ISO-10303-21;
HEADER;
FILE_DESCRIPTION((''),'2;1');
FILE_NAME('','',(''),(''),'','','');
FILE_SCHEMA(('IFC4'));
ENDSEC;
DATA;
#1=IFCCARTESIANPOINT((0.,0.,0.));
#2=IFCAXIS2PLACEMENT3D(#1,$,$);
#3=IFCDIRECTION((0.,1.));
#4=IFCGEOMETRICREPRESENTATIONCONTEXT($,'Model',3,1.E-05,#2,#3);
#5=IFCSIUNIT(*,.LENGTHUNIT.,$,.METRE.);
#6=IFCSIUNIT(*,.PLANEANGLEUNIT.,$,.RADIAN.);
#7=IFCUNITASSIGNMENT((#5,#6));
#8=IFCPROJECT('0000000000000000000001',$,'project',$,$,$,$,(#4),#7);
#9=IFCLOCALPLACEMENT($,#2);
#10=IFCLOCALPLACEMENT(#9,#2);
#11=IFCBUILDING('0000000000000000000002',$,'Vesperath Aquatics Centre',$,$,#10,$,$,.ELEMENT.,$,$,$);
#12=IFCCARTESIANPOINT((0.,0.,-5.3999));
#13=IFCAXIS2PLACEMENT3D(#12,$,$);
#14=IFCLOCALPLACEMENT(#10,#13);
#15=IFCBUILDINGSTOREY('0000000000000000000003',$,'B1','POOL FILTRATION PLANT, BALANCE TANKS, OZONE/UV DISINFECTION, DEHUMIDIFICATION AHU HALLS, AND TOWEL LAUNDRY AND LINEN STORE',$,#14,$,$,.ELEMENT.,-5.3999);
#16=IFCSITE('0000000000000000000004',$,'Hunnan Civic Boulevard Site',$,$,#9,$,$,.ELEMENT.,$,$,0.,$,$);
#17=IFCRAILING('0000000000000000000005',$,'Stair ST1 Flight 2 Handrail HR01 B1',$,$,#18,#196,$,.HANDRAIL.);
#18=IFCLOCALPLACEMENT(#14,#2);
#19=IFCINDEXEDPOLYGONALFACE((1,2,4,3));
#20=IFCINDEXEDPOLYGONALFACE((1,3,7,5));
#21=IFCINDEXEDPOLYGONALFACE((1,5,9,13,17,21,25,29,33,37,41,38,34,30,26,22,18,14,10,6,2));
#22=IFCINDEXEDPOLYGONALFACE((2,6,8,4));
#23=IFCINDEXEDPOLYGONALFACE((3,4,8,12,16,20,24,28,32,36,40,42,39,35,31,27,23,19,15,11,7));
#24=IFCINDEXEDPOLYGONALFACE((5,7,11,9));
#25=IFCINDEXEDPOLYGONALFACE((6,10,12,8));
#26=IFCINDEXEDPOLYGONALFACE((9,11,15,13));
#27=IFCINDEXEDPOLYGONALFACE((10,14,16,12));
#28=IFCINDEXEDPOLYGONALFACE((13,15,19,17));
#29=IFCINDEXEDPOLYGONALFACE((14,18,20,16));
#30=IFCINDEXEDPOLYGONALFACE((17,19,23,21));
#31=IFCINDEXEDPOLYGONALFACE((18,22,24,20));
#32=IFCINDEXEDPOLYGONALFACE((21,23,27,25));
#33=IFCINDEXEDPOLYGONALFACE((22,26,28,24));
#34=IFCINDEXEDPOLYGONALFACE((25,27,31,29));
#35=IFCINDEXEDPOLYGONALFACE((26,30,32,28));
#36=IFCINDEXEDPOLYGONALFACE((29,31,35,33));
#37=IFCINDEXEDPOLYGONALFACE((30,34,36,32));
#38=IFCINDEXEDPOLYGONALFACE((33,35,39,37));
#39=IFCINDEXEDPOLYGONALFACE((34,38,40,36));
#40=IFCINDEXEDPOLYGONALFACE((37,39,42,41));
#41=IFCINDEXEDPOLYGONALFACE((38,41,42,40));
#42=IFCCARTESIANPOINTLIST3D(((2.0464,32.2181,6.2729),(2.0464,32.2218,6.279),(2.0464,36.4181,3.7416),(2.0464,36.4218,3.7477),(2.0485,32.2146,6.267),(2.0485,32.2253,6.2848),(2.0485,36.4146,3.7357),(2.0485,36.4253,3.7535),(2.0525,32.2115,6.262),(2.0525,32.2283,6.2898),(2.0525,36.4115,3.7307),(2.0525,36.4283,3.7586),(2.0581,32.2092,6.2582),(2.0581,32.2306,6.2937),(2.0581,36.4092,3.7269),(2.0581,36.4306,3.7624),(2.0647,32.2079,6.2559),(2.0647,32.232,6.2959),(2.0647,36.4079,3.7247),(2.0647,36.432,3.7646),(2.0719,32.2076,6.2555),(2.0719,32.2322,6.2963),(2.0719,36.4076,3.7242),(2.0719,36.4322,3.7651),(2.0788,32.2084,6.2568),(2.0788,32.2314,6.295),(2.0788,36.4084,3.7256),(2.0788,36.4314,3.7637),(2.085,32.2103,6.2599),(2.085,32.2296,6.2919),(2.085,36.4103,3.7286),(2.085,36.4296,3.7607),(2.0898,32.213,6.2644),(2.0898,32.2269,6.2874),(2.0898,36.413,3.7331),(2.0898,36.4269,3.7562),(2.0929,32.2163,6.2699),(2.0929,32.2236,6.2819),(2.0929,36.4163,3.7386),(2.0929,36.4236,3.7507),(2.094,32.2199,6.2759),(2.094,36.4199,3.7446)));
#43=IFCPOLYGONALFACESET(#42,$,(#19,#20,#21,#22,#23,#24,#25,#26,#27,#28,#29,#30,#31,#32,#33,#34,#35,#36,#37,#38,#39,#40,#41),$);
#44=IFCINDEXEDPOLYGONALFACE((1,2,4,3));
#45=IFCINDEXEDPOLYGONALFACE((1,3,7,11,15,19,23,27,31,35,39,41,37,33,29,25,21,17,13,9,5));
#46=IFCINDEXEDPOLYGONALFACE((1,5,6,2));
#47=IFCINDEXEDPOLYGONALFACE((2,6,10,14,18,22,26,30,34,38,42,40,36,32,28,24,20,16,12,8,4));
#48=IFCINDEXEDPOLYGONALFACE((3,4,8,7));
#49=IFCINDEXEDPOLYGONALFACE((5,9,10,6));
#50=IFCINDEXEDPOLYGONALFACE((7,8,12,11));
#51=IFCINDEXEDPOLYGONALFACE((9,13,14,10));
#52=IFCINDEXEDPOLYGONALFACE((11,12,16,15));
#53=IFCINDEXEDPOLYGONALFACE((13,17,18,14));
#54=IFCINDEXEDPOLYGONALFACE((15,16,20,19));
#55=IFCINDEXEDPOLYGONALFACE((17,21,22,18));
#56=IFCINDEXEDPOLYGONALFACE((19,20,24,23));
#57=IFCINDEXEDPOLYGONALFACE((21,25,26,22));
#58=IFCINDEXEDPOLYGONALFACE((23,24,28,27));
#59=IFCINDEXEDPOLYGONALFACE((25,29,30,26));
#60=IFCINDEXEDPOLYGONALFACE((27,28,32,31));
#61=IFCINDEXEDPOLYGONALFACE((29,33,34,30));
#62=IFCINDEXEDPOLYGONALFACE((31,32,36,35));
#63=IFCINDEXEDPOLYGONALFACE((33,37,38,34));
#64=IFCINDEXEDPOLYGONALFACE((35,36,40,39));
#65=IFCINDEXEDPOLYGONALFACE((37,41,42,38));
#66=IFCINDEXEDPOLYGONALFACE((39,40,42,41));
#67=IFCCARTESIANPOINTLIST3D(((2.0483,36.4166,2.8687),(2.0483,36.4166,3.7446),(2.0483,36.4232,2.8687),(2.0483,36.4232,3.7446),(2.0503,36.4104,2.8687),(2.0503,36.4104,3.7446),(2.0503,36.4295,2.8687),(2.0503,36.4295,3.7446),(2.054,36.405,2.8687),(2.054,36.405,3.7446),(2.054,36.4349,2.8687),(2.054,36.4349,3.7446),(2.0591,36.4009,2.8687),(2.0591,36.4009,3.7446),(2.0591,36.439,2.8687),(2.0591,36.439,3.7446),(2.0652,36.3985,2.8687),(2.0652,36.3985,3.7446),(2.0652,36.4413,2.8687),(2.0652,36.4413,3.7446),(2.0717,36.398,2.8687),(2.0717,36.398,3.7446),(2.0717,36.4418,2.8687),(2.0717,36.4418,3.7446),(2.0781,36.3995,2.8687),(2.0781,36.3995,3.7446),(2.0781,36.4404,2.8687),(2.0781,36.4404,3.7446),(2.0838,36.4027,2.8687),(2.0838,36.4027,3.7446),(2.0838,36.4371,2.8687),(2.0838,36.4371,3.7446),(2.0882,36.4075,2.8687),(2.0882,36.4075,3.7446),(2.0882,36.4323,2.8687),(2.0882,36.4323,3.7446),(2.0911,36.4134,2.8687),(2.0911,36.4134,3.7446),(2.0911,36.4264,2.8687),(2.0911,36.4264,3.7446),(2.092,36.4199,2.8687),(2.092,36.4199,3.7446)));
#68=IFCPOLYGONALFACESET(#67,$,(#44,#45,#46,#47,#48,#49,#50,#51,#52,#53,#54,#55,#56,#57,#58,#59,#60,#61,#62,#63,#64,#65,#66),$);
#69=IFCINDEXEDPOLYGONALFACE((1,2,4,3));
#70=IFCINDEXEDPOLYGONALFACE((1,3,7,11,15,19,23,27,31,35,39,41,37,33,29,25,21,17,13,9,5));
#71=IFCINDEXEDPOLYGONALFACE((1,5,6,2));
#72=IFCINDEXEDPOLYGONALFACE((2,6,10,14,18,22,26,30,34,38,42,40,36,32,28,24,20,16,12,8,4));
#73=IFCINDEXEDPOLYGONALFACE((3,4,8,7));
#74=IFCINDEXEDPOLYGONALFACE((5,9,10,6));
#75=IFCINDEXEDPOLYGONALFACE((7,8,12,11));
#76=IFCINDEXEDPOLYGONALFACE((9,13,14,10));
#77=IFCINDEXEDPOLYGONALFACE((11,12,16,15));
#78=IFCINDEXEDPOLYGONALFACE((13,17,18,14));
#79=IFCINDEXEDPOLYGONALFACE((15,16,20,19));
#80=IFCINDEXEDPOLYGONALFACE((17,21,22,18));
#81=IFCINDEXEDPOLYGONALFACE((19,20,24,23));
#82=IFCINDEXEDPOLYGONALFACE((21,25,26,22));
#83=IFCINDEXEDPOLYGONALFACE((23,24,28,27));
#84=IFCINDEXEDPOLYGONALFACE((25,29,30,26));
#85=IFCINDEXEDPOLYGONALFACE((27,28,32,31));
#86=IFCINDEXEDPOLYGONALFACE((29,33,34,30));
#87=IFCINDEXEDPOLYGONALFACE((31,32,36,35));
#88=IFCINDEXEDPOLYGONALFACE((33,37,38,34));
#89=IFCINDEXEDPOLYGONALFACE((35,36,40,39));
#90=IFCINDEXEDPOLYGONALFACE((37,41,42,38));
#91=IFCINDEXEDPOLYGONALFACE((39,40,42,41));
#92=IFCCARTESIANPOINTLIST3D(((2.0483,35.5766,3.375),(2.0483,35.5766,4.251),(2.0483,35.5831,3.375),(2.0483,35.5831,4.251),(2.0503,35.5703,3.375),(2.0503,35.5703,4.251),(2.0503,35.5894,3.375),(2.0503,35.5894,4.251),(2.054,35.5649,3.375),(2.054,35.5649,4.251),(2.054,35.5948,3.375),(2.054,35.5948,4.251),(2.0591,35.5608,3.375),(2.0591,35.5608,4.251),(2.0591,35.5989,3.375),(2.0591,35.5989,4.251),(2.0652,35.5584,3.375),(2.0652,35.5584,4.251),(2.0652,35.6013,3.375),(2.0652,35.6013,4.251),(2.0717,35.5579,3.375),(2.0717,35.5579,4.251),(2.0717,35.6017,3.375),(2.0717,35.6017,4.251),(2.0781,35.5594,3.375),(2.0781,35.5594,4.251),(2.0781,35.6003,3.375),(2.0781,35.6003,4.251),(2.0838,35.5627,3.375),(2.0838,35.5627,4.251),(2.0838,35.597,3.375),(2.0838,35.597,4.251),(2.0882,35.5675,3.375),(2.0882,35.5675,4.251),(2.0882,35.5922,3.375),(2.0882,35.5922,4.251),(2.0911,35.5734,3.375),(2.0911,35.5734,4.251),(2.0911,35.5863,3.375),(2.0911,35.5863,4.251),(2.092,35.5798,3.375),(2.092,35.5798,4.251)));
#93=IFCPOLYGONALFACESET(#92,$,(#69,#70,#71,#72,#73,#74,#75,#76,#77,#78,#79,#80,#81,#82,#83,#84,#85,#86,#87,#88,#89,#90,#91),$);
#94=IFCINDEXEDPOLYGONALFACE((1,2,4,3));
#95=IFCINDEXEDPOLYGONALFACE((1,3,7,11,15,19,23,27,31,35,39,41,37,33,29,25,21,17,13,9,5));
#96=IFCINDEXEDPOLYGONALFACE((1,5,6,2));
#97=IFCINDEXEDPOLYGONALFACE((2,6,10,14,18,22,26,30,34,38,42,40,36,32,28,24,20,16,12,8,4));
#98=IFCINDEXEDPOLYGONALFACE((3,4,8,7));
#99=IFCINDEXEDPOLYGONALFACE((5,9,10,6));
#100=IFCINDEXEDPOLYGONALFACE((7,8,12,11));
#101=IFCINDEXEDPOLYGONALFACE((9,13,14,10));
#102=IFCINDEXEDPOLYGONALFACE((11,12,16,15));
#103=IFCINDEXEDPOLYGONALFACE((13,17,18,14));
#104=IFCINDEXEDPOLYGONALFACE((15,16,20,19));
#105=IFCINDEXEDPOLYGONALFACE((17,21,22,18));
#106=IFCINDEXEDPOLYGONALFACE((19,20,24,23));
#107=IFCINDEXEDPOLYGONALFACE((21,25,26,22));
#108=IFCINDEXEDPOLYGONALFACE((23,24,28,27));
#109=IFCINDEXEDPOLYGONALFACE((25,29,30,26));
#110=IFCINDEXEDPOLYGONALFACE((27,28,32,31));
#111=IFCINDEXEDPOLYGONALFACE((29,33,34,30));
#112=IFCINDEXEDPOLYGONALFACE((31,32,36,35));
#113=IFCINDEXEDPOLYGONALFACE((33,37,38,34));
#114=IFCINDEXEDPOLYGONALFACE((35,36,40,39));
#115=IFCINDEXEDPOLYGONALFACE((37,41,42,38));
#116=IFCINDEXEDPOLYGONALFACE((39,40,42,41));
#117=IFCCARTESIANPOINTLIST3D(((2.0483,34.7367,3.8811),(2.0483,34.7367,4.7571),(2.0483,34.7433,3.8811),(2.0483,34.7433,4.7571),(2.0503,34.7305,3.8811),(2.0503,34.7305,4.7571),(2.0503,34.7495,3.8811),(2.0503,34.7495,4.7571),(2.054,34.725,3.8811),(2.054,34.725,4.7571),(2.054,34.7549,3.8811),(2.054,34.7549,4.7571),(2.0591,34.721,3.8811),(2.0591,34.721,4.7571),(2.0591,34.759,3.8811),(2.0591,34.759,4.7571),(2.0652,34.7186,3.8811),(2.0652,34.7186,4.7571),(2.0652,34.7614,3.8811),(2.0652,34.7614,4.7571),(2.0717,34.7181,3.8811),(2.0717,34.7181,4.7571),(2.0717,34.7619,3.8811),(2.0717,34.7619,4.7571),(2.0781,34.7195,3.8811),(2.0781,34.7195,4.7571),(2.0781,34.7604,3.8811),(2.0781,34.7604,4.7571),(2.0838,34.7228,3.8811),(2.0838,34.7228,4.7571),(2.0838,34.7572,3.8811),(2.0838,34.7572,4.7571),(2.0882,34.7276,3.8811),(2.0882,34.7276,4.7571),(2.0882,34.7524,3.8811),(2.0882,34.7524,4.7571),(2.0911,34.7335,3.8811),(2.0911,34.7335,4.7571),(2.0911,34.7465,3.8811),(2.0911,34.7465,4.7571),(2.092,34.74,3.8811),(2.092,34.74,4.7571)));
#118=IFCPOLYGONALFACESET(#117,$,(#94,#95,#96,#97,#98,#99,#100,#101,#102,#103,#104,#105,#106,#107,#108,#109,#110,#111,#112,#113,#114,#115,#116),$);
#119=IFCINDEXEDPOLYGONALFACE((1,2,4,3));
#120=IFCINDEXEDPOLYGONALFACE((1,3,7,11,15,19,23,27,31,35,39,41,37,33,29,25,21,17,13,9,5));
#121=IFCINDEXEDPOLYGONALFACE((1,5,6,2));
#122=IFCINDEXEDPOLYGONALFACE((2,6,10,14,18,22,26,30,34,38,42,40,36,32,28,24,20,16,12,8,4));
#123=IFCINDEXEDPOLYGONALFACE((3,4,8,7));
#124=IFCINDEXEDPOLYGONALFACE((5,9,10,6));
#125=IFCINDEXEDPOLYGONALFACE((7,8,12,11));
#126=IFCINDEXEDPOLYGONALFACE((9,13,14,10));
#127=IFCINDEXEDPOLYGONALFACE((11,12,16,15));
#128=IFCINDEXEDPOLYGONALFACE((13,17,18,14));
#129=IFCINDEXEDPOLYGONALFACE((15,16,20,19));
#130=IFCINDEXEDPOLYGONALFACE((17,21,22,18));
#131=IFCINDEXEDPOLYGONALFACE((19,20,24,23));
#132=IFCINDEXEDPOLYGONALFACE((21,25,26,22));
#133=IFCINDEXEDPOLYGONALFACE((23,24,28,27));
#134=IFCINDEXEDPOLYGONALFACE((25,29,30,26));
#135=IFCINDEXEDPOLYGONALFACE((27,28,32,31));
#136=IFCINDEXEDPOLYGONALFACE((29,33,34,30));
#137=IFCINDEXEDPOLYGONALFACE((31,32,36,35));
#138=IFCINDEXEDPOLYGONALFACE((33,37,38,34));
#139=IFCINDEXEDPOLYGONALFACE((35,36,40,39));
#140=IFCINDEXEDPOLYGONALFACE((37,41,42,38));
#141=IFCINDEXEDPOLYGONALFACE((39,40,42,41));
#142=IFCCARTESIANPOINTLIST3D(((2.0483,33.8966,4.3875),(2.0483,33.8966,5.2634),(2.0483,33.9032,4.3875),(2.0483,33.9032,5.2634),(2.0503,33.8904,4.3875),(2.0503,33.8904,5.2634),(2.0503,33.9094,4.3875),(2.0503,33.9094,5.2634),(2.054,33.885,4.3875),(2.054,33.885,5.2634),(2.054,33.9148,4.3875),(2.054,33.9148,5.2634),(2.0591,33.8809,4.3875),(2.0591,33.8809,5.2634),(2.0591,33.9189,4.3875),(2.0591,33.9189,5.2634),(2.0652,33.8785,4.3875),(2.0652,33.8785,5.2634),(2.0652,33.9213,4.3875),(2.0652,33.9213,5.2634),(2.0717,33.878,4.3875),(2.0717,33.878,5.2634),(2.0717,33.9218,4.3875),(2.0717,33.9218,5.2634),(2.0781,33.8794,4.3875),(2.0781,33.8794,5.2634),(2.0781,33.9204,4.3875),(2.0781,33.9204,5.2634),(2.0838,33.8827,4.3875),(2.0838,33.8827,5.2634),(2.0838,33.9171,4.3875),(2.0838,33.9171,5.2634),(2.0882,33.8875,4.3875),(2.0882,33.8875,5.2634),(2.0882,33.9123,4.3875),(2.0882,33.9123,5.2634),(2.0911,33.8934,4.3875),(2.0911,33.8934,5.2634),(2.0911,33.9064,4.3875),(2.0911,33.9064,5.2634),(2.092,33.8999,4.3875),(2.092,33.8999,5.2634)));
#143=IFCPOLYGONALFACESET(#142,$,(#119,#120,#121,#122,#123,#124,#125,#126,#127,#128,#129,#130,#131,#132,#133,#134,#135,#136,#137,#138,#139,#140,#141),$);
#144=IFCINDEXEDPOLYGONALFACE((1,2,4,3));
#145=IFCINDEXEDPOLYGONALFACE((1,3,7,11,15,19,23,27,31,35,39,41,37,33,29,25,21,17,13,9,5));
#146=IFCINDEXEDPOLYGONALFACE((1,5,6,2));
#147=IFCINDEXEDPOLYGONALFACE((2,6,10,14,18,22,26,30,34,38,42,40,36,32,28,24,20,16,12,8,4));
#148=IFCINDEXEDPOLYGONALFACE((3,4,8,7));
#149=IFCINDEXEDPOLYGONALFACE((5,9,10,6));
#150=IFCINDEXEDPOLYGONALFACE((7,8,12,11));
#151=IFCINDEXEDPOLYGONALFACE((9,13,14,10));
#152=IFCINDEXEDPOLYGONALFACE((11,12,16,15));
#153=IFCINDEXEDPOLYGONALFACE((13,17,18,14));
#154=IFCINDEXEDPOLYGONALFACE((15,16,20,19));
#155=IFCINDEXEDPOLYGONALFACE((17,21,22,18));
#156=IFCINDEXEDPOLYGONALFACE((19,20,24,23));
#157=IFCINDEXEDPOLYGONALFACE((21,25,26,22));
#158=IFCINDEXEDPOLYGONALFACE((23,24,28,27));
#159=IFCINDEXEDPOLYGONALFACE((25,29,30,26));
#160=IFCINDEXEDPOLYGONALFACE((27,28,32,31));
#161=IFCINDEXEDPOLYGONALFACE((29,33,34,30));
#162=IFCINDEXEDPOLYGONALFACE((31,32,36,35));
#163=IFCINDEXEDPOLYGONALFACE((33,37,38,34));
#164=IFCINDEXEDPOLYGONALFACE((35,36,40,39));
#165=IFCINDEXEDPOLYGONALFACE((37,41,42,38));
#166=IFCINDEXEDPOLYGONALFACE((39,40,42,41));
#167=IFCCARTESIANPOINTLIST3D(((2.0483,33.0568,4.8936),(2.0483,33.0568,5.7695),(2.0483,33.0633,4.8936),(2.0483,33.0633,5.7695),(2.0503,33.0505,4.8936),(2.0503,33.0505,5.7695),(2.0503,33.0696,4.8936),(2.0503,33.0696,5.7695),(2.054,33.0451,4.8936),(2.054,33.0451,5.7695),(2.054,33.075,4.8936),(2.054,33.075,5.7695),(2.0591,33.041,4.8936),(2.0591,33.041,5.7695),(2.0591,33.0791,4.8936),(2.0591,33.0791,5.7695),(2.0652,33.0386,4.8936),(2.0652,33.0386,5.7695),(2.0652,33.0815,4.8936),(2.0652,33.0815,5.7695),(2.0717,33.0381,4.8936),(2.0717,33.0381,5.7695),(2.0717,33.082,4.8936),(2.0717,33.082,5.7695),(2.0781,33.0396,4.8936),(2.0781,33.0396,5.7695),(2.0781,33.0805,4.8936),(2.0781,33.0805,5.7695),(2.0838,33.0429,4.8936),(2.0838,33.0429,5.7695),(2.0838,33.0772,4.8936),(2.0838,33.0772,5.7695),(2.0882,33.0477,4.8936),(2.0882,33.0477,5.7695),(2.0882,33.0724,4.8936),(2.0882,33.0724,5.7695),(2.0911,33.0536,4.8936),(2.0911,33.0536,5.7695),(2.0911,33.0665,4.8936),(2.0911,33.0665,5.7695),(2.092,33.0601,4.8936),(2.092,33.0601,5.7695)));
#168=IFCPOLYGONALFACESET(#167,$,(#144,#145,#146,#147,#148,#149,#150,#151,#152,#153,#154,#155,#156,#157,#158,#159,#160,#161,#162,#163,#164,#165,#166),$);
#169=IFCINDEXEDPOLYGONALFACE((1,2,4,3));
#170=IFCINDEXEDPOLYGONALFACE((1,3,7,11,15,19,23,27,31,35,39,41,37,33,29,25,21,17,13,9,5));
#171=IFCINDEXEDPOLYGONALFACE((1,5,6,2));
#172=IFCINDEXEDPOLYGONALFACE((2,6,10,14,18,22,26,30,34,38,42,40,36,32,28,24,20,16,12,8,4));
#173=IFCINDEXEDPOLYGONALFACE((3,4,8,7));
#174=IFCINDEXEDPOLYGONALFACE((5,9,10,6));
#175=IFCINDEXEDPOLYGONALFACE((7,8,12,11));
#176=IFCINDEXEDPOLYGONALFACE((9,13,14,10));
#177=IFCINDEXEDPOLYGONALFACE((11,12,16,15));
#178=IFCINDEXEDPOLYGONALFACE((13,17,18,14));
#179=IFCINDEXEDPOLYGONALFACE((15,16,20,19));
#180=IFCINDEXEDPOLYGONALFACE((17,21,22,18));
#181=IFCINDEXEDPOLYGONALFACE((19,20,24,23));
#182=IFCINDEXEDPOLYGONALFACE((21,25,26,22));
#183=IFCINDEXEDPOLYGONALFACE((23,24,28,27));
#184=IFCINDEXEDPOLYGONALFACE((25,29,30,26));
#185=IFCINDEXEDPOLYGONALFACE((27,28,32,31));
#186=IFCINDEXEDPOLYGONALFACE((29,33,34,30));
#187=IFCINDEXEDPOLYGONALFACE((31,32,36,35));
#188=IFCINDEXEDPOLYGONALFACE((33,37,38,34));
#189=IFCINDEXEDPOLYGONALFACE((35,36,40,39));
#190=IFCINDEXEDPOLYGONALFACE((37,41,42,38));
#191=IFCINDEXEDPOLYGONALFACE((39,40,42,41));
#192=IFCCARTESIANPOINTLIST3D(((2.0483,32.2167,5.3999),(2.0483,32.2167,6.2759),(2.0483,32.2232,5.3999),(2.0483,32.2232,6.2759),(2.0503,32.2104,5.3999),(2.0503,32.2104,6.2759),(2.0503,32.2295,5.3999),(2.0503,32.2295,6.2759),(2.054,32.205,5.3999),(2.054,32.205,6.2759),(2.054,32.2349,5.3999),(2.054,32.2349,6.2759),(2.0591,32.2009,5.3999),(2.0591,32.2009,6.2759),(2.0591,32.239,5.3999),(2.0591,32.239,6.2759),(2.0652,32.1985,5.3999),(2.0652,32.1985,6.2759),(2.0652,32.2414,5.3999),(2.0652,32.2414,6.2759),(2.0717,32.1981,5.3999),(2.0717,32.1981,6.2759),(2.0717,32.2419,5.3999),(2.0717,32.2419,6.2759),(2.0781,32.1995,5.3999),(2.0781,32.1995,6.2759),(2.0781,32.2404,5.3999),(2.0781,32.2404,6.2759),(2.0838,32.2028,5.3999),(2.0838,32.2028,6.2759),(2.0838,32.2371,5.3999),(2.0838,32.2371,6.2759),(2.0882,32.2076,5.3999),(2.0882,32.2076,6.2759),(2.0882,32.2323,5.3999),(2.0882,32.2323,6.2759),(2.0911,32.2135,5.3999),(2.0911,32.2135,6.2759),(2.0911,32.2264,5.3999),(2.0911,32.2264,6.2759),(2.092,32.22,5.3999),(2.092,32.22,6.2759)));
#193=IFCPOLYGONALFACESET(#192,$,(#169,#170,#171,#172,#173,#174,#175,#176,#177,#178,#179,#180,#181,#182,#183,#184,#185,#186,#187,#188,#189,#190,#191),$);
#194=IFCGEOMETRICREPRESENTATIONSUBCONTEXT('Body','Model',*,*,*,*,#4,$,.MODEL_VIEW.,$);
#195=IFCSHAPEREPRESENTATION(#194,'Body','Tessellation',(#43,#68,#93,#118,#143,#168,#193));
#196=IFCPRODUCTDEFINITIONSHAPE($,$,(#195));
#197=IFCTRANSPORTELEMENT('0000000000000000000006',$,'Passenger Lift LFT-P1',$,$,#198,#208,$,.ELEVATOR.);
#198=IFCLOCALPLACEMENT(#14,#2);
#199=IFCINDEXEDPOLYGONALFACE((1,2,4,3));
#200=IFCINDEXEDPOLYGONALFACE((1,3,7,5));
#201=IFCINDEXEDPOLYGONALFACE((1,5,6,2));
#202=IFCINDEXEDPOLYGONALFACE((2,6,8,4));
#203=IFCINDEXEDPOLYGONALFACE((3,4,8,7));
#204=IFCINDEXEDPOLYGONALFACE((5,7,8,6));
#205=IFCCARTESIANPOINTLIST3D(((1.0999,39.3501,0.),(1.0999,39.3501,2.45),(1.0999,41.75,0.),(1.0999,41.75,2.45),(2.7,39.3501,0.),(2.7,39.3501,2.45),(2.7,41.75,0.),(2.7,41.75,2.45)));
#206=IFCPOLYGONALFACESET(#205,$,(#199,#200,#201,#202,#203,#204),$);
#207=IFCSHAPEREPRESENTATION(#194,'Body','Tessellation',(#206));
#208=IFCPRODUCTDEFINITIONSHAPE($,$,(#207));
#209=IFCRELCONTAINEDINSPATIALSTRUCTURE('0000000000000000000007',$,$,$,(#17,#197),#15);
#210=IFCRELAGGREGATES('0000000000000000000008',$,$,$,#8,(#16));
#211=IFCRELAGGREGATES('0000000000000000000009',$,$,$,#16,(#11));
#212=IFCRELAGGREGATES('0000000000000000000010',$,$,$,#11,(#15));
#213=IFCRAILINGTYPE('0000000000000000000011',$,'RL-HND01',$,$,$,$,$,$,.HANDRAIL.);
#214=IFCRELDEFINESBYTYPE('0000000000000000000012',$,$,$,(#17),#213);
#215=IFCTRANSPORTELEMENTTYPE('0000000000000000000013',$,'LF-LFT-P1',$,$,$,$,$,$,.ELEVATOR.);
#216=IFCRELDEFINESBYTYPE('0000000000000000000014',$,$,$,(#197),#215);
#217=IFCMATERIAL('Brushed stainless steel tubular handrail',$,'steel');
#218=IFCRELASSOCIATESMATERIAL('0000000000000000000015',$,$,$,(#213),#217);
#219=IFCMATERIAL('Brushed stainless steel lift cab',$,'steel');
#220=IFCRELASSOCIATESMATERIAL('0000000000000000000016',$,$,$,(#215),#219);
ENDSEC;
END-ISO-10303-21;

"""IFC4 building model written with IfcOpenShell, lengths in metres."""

from ifc_helpers import new_model, si_unit, direction, frame, origin, origin_2d, place, context, subcontext, project, spatial, rectangle, circle, extrude, material, type_object, element, save


model = new_model("IFC4")

# Units and contexts
model_context = context("Model", 3, precision=1e-05, world=origin(), true_north=direction((0.0, 1.0)))
body_context = subcontext(model_context, "Body", "Model", "MODEL_VIEW")
ifc_project = project(units=[si_unit("LENGTHUNIT", "METRE"), si_unit("PLANEANGLEUNIT", "RADIAN")], contexts=[model_context])

# Site, building, storey
site_placement = place(None, origin())
site = spatial("IfcSite", under=ifc_project, at=site_placement, Name="Hunnan Civic Boulevard Site", CompositionType="ELEMENT", RefElevation=0.0)
building_placement = place(site_placement, origin())
building = spatial("IfcBuilding", under=site, at=building_placement, Name="Vesperath Aquatics Centre", CompositionType="ELEMENT")
storey_placement = place(building_placement, frame((0.0, 0.0, -5.3999)))
storey = spatial("IfcBuildingStorey", under=building, at=storey_placement, Name="B1", Description="POOL FILTRATION PLANT, BALANCE TANKS, OZONE/UV DISINFECTION, DEHUMIDIFICATION AHU HALLS, AND TOWEL LAUNDRY AND LINEN STORE", CompositionType="ELEMENT", Elevation=-5.3999)

# Railing
ifc_material_1 = material(Name="Brushed stainless steel tubular handrail", Category="steel")
railing_type_1 = type_object("IfcRailingType", Name="RL-HND01", PredefinedType="HANDRAIL", material=ifc_material_1)
railing_1_placement = place(storey_placement, frame((2.0701, 36.4199, 2.8687)))
element("IfcRailing", 1, at=railing_1_placement, inside=storey, type_object=railing_type_1, Name="Stair ST1 Flight 2 Handrail HR01 B1", PredefinedType="HANDRAIL", context=body_context, shape_type="SweptSolid", body=[
    extrude(circle(Radius=0.0239, at=origin_2d()), frame((0.0, 0.0, 0.876), z_axis=(0.0, -0.856476, 0.516186), x_axis=(1.0, 0.0, 0.0)), (0.0, 0.0, 1.0), 4.9038),
    extrude(circle(Radius=0.022, at=origin_2d()), origin(), (0.0, 0.0, 1.0), 0.876),
    extrude(circle(Radius=0.022, at=origin_2d()), frame((0.0, -0.8401, 0.5063)), (0.0, 0.0, 1.0), 0.876),
    extrude(circle(Radius=0.022, at=origin_2d()), frame((0.0, -1.6799, 1.0125)), (0.0, 0.0, 1.0), 0.876),
    extrude(circle(Radius=0.022, at=origin_2d()), frame((0.0, -2.52, 1.5188)), (0.0, 0.0, 1.0), 0.876),
    extrude(circle(Radius=0.022, at=origin_2d()), frame((0.0, -3.3599, 2.0249)), (0.0, 0.0, 1.0), 0.876),
    extrude(circle(Radius=0.022, at=origin_2d()), frame((0.0, -4.2, 2.5312)), (0.0, 0.0, 1.0), 0.876),
])

# Transport element
ifc_material_2 = material(Name="Brushed stainless steel lift cab", Category="steel")
transport_element_type = type_object("IfcTransportElementType", Name="LF-LFT-P1", PredefinedType="ELEVATOR", material=ifc_material_2)
transport_element_placement = place(storey_placement, frame((1.8999, 40.55, 0.0), z_axis=(0.0, 0.0, 1.0), x_axis=(1.0, 0.0, 0.0)))
element("IfcTransportElement", 2, at=transport_element_placement, inside=storey, type_object=transport_element_type, Name="Passenger Lift LFT-P1", PredefinedType="ELEVATOR", context=body_context, shape_type="SweptSolid", body=[
    extrude(rectangle(XDim=1.6001, YDim=2.3999, at=origin_2d()), origin(), (0.0, 0.0, 1.0), 2.45),
])

save(model, "model.ifc")
